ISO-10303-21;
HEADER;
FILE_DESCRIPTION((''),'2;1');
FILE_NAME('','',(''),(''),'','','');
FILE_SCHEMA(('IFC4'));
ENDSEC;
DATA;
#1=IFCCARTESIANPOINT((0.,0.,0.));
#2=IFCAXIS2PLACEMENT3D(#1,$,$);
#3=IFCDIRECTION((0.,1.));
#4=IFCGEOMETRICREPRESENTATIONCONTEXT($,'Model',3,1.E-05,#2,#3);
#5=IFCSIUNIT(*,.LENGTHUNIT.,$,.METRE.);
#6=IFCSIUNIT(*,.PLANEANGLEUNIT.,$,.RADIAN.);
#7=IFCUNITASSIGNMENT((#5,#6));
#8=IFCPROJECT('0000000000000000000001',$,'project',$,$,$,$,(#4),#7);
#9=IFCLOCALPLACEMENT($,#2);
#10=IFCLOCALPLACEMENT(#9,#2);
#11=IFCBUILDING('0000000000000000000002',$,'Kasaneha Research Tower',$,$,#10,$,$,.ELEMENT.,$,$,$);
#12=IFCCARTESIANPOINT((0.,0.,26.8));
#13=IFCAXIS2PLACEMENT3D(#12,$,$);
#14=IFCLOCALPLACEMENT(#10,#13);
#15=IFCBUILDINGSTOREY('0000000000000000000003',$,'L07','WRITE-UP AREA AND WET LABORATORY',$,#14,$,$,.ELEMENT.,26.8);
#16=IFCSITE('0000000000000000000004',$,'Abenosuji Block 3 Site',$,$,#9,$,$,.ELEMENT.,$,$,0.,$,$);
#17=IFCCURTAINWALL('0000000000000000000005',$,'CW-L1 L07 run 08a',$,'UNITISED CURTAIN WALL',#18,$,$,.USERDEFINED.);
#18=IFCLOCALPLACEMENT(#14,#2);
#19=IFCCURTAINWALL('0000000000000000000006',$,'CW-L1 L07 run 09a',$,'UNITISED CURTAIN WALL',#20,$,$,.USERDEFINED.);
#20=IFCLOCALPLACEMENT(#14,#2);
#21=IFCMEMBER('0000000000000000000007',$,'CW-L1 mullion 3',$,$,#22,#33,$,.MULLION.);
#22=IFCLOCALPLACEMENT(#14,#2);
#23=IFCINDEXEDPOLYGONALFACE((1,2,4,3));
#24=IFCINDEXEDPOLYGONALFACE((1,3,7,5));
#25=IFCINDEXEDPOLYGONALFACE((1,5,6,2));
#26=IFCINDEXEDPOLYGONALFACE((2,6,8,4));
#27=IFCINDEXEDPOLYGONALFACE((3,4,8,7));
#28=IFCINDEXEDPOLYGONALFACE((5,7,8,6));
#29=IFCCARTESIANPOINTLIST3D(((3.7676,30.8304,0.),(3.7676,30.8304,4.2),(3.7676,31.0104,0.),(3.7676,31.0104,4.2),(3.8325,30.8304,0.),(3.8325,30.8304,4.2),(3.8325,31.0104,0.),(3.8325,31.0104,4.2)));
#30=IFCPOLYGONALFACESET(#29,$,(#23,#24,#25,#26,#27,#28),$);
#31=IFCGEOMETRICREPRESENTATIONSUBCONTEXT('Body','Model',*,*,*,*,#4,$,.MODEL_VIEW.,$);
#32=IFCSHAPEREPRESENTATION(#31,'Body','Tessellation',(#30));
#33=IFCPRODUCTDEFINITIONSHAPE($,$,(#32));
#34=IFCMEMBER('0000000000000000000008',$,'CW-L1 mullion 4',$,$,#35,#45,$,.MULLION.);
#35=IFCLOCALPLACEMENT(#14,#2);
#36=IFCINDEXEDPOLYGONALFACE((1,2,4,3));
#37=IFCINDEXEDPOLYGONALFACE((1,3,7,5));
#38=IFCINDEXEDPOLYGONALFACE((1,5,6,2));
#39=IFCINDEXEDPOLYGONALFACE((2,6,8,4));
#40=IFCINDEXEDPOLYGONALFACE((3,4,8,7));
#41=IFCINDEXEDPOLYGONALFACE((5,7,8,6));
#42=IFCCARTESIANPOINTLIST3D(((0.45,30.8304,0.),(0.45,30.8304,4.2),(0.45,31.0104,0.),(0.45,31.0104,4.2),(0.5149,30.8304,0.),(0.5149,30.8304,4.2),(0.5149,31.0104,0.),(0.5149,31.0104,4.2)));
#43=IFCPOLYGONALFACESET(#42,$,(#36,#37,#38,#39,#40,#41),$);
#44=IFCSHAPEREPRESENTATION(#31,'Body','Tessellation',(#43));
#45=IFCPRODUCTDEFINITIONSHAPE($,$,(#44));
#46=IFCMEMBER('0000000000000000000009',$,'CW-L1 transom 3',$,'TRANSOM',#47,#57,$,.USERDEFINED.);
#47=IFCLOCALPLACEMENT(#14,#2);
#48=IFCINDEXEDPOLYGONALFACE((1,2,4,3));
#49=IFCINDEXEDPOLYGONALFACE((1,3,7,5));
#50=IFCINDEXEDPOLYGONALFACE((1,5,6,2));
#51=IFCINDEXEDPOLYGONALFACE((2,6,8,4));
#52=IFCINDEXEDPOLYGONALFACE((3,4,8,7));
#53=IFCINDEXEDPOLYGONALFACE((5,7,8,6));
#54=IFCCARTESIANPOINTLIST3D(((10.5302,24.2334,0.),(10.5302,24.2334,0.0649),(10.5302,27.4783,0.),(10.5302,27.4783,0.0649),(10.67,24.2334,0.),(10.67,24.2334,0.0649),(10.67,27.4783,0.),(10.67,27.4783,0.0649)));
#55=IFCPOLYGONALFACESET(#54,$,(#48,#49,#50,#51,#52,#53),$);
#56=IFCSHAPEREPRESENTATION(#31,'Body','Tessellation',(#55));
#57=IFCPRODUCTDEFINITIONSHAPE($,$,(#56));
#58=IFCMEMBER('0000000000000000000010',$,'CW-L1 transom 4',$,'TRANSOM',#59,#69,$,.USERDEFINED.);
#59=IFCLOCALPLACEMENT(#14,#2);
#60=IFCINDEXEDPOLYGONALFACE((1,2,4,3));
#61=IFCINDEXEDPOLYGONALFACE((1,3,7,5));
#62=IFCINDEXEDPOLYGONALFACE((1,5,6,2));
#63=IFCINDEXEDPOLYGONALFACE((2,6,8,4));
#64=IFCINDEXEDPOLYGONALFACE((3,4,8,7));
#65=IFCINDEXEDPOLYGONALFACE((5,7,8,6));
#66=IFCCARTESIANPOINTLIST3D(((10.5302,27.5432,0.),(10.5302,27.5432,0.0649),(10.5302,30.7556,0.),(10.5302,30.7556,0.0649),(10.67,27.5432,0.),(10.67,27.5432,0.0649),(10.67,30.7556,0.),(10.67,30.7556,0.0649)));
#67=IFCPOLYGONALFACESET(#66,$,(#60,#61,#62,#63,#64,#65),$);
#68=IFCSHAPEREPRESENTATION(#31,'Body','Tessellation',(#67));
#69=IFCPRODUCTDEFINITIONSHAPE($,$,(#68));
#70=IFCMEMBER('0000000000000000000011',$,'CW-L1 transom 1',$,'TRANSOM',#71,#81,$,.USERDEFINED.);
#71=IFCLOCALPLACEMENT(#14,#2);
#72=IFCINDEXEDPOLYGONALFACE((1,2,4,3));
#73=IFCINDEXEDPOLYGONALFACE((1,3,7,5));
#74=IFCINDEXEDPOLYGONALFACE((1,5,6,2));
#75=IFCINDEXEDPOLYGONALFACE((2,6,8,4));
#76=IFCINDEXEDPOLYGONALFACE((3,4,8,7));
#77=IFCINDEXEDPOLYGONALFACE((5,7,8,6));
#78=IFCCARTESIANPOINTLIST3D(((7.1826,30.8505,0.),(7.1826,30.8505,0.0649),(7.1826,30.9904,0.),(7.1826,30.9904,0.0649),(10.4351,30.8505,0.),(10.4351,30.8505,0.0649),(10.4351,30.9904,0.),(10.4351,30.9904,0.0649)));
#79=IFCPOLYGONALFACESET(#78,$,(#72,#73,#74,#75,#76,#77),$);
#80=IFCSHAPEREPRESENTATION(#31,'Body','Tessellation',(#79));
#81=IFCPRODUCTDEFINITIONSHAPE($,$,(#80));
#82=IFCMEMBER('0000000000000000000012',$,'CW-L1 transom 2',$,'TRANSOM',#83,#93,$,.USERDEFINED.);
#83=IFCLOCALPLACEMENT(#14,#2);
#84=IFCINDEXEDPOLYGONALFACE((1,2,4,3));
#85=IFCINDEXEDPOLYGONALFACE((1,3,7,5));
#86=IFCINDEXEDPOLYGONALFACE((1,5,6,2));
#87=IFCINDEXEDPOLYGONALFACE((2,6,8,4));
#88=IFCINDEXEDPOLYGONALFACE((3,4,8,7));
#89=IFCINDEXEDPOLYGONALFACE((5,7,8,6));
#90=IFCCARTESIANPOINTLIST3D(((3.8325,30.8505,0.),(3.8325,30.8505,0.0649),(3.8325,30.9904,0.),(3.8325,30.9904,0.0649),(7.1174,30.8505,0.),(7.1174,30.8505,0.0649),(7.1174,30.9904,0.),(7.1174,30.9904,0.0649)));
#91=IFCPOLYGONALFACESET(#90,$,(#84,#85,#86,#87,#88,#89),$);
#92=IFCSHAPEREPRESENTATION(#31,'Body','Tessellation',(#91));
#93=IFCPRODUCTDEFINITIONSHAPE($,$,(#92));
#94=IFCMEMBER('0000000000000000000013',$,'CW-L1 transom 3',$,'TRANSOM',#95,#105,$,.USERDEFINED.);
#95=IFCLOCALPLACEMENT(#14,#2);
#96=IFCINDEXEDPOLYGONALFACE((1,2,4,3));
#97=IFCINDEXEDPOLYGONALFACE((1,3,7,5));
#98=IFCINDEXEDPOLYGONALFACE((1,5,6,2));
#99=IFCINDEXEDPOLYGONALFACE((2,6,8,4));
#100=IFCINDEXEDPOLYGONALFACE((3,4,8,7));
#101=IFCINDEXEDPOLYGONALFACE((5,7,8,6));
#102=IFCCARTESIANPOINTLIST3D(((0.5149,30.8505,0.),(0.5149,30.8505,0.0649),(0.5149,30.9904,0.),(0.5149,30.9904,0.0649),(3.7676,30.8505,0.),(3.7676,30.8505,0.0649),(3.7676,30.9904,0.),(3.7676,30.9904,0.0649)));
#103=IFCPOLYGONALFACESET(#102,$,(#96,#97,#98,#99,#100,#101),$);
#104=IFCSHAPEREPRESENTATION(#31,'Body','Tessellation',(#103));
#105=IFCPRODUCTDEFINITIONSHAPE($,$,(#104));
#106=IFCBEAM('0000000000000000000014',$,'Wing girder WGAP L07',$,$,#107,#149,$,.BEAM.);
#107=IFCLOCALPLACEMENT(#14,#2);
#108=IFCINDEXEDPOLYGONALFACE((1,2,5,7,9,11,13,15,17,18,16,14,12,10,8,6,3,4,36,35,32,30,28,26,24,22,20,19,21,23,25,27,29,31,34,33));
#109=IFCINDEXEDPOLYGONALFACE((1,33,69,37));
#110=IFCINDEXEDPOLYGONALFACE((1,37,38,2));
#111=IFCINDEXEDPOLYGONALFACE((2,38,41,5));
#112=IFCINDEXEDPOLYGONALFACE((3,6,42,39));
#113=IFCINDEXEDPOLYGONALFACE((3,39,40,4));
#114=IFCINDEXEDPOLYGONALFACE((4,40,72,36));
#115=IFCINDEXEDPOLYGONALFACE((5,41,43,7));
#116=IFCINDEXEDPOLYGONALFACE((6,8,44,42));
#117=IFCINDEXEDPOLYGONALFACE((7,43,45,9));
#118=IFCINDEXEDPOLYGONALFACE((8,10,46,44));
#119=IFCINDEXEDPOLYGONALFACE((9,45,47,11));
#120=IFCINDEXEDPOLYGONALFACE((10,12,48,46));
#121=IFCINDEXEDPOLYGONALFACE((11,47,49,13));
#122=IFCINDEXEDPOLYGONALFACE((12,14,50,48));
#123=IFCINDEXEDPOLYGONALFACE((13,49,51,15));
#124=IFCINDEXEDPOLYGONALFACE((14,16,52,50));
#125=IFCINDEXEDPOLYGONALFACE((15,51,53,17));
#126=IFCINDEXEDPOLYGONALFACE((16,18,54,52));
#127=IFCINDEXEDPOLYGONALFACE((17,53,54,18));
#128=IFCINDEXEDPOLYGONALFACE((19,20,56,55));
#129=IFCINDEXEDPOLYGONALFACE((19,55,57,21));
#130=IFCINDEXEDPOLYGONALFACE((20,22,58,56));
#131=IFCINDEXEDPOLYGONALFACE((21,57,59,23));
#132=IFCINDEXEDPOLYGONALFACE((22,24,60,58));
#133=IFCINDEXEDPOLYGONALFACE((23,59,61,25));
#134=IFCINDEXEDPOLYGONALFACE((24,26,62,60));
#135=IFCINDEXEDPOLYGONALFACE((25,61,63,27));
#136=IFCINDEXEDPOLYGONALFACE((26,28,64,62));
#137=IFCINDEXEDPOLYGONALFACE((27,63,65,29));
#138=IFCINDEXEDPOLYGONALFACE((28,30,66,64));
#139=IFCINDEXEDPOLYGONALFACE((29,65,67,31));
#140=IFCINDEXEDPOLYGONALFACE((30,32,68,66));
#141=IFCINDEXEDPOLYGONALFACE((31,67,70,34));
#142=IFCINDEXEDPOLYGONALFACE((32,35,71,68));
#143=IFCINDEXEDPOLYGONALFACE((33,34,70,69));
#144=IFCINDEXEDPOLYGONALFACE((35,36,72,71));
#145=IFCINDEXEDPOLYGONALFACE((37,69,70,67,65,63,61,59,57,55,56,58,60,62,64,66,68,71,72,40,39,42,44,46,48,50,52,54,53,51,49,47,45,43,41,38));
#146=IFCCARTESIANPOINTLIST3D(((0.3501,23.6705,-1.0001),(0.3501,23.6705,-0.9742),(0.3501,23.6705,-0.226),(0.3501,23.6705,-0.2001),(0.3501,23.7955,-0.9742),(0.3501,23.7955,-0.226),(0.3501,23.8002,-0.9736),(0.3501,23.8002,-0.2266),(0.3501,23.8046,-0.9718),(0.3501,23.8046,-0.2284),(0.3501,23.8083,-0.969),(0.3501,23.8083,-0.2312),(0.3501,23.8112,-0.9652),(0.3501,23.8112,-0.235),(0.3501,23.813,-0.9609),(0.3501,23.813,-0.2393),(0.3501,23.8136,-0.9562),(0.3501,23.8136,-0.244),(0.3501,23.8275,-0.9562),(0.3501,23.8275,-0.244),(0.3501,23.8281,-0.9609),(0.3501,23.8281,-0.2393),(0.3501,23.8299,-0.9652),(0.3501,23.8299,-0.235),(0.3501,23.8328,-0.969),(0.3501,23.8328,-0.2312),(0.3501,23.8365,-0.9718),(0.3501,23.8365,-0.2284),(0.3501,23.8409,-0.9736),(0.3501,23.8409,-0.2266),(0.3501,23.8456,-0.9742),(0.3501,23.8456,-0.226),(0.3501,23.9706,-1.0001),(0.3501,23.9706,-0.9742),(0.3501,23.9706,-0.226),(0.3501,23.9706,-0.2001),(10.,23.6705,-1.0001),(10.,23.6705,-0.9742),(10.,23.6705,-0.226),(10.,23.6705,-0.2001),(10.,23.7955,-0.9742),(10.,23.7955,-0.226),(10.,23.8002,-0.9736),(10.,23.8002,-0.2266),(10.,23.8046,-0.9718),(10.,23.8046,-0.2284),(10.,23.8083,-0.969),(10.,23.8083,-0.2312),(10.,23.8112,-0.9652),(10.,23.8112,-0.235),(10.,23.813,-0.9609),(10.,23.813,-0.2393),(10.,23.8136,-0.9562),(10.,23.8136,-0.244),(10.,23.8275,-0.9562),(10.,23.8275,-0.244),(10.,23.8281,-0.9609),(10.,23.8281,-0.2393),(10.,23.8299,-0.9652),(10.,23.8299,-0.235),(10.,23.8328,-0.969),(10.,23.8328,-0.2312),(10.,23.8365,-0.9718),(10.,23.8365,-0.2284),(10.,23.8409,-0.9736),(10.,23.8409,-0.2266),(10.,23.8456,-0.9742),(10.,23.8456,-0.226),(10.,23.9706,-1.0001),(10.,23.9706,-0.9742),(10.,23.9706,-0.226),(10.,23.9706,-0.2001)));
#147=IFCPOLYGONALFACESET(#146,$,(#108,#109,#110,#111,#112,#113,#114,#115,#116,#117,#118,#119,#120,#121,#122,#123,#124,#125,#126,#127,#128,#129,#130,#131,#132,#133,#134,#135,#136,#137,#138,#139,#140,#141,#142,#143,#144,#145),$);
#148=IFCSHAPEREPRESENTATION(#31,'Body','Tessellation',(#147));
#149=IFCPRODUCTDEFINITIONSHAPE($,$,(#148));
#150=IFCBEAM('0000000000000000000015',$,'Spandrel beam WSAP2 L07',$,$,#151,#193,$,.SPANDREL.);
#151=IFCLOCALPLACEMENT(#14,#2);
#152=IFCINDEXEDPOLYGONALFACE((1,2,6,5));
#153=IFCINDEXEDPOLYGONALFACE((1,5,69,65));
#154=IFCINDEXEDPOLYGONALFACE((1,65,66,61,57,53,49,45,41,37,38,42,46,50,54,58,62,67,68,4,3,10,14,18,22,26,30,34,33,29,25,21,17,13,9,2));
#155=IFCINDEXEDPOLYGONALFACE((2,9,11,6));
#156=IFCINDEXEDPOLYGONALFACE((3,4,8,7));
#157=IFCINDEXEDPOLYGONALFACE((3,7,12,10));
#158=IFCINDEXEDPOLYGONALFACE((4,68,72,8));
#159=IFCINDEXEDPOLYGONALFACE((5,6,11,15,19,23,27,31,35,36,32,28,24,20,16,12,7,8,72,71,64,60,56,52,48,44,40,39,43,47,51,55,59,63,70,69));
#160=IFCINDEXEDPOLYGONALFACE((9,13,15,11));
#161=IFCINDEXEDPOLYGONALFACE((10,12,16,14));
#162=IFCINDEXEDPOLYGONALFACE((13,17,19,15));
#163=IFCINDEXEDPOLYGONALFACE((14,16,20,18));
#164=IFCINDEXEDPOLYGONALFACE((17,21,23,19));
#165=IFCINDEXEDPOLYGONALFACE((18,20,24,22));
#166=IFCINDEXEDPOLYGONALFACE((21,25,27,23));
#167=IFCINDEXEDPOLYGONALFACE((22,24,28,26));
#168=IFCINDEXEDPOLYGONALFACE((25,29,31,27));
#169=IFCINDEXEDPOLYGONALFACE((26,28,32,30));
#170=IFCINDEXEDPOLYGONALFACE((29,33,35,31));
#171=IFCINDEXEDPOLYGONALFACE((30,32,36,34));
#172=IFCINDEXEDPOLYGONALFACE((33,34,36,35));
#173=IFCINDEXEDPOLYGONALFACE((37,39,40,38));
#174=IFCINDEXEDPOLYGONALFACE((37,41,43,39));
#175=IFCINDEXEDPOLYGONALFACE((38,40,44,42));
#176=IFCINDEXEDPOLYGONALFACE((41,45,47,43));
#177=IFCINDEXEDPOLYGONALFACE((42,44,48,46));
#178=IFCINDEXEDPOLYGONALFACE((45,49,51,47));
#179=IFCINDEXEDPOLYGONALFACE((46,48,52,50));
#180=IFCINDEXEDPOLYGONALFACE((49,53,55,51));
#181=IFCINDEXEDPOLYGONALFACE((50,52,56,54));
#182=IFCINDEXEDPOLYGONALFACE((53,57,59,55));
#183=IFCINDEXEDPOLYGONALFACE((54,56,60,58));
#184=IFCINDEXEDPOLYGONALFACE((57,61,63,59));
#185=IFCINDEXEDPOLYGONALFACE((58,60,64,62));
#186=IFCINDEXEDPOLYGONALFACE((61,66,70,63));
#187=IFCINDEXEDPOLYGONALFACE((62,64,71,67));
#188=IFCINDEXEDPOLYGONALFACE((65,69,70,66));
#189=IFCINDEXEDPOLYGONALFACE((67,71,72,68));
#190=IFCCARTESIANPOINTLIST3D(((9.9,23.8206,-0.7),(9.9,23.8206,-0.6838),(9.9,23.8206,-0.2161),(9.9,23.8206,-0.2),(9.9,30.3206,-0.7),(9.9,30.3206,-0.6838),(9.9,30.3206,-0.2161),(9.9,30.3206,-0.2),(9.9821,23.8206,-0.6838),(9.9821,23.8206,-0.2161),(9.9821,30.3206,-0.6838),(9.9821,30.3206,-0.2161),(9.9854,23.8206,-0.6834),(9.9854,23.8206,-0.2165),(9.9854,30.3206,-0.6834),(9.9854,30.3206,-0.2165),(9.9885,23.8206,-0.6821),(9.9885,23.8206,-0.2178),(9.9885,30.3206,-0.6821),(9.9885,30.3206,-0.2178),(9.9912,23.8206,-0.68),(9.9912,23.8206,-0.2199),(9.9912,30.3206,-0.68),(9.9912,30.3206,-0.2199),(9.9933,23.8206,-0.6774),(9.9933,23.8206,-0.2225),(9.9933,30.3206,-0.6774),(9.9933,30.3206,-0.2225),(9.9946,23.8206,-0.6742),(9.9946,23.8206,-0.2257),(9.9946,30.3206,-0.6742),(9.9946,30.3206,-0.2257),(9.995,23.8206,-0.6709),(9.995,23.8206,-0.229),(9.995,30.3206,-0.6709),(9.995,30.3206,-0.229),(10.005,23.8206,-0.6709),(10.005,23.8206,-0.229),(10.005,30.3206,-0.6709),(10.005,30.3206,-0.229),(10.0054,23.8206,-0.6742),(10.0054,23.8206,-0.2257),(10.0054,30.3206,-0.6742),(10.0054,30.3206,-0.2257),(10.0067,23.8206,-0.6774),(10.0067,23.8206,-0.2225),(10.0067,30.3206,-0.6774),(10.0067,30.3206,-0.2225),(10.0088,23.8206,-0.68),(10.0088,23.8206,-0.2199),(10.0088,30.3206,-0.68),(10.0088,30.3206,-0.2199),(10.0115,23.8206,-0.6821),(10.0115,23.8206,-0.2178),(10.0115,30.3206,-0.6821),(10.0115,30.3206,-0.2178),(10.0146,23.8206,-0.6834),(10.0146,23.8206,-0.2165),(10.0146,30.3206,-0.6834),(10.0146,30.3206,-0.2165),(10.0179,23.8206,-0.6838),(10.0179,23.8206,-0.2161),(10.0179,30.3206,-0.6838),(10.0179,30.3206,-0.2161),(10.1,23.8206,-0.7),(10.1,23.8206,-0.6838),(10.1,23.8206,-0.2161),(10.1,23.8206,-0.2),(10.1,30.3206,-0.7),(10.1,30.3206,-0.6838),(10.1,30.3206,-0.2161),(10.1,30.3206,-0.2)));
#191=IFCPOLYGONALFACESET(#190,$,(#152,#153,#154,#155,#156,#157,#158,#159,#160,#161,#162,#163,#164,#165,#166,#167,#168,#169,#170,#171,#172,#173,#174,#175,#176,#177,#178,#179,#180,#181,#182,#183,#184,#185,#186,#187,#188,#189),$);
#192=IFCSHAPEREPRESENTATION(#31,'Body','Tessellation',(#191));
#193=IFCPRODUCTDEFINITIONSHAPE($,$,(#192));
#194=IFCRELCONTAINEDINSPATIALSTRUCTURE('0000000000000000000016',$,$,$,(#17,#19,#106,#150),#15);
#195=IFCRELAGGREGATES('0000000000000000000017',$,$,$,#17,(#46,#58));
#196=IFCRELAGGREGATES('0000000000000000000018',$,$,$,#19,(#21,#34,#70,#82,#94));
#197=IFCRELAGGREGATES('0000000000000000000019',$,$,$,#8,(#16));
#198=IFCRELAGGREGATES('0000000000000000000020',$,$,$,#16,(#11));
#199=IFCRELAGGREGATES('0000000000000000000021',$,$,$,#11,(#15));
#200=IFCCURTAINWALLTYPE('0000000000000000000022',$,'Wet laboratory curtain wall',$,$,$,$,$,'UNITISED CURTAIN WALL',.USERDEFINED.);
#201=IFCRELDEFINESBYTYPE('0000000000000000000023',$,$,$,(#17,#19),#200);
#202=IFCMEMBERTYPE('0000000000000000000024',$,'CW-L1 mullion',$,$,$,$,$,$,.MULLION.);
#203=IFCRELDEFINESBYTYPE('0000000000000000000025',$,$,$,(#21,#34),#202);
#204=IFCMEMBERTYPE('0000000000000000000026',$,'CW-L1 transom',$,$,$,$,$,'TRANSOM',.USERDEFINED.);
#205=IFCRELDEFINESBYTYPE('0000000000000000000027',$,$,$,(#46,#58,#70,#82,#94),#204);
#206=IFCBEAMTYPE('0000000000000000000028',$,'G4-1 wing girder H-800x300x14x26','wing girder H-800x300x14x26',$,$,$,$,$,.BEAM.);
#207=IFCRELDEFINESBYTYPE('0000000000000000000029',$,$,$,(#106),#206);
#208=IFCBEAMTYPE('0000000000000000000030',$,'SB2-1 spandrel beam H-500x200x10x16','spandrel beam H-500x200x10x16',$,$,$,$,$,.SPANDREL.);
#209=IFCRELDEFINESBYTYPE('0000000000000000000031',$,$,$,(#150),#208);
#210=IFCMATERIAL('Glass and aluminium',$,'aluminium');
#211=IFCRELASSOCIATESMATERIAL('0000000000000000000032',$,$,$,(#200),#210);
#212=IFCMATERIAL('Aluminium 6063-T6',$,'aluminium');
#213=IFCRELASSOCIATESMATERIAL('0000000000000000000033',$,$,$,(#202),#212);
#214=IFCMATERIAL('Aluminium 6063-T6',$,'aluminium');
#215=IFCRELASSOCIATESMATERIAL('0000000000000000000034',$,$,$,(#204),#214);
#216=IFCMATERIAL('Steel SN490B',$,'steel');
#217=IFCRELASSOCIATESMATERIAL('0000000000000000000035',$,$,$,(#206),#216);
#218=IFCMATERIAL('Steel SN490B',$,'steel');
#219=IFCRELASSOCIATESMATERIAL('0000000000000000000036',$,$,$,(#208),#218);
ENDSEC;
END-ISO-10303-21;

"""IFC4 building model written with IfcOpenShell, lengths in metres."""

from ifc_helpers import new_model, si_unit, direction, frame, origin, origin_2d, place, context, subcontext, project, spatial, rectangle, i_section, extrude, material, material_profile, profile_set, type_object, element, aggregate, save


model = new_model("IFC4")

# Units and contexts
model_context = context("Model", 3, precision=1e-05, world=origin(), true_north=direction((0.0, 1.0)))
body_context = subcontext(model_context, "Body", "Model", "MODEL_VIEW")
ifc_project = project(units=[si_unit("LENGTHUNIT", "METRE"), si_unit("PLANEANGLEUNIT", "RADIAN")], contexts=[model_context])

# Site, building, storey
site_placement = place(None, origin())
site = spatial("IfcSite", under=ifc_project, at=site_placement, Name="Abenosuji Block 3 Site", CompositionType="ELEMENT", RefElevation=0.0)
building_placement = place(site_placement, origin())
building = spatial("IfcBuilding", under=site, at=building_placement, Name="Kasaneha Research Tower", CompositionType="ELEMENT")
storey_placement = place(building_placement, frame((0.0, 0.0, 26.8)))
storey = spatial("IfcBuildingStorey", under=building, at=storey_placement, Name="L07", Description="WRITE-UP AREA AND WET LABORATORY", CompositionType="ELEMENT", Elevation=26.8)

# Curtain walls, members
ifc_material_1 = material(Name="Glass and aluminium", Category="aluminium")
curtain_wall_type = type_object("IfcCurtainWallType", Name="Wet laboratory curtain wall", ElementType="UNITISED CURTAIN WALL", PredefinedType="USERDEFINED", material=ifc_material_1)
curtain_wall_1_placement = place(storey_placement, origin())
curtain_wall_1 = element("IfcCurtainWall", 1, at=curtain_wall_1_placement, inside=storey, type_object=curtain_wall_type, Name="CW-L1 L07 run 08a", ObjectType="UNITISED CURTAIN WALL", PredefinedType="USERDEFINED")
ifc_material_2 = material(Name="Aluminium 6063-T6", Category="aluminium")
ifc_material_profile_1 = material_profile(ifc_material_2, rectangle(XDim=0.0649, YDim=0.1799, at=origin_2d()), Name="CW-L1 mullion 65x180")
ifc_profile_set_1 = profile_set([ifc_material_profile_1], Name="Aluminium 6063-T6")
member_type_1 = type_object("IfcMemberType", Name="CW-L1 mullion", PredefinedType="MULLION", material=ifc_profile_set_1)
curtain_wall_2_placement = place(storey_placement, origin())
curtain_wall_2 = element("IfcCurtainWall", 2, at=curtain_wall_2_placement, inside=storey, type_object=curtain_wall_type, Name="CW-L1 L07 run 09a", ObjectType="UNITISED CURTAIN WALL", PredefinedType="USERDEFINED")
member_1_placement = place(storey_placement, frame((3.8, 30.9204, 0.0), z_axis=(0.0, 0.0, 1.0), x_axis=(-1.0, 0.0, 0.0)))
member_1 = element("IfcMember", 3, at=member_1_placement, type_object=member_type_1, Name="CW-L1 mullion 3", PredefinedType="MULLION", context=body_context, shape_type="SweptSolid", body=[
    extrude(rectangle(XDim=0.0649, YDim=0.1799, at=origin_2d()), origin(), (0.0, 0.0, 1.0), 4.2),
])
member_2_placement = place(storey_placement, frame((0.4824, 30.9204, 0.0), z_axis=(0.0, 0.0, 1.0), x_axis=(-1.0, 0.0, 0.0)))
member_2 = element("IfcMember", 4, at=member_2_placement, type_object=member_type_1, Name="CW-L1 mullion 4", PredefinedType="MULLION", context=body_context, shape_type="SweptSolid", body=[
    extrude(rectangle(XDim=0.0649, YDim=0.1799, at=origin_2d()), origin(), (0.0, 0.0, 1.0), 4.2),
])

# Members
ifc_material_3 = material(Name="Aluminium 6063-T6", Category="aluminium")
ifc_material_profile_2 = material_profile(ifc_material_3, rectangle(XDim=0.1399, YDim=0.0649, at=origin_2d()), Name="CW-L1 transom 140x65")
ifc_profile_set_2 = profile_set([ifc_material_profile_2], Name="Aluminium 6063-T6")
member_type_2 = type_object("IfcMemberType", Name="CW-L1 transom", ElementType="TRANSOM", PredefinedType="USERDEFINED", material=ifc_profile_set_2)
member_3_placement = place(storey_placement, frame((10.6001, 24.2334, 0.0325), z_axis=(0.0, 1.0, 0.0), x_axis=(-1.0, 0.0, 0.0)))
member_3 = element("IfcMember", 5, at=member_3_placement, type_object=member_type_2, Name="CW-L1 transom 3", ObjectType="TRANSOM", PredefinedType="USERDEFINED", context=body_context, shape_type="SweptSolid", body=[
    extrude(rectangle(XDim=0.1399, YDim=0.0649, at=origin_2d()), origin(), (0.0, 0.0, 1.0), 3.2449),
])
member_4_placement = place(storey_placement, frame((10.6001, 27.5432, 0.0325), z_axis=(0.0, 1.0, 0.0), x_axis=(-1.0, 0.0, 0.0)))
member_4 = element("IfcMember", 6, at=member_4_placement, type_object=member_type_2, Name="CW-L1 transom 4", ObjectType="TRANSOM", PredefinedType="USERDEFINED", context=body_context, shape_type="SweptSolid", body=[
    extrude(rectangle(XDim=0.1399, YDim=0.0649, at=origin_2d()), origin(), (0.0, 0.0, 1.0), 3.2124),
])
member_5_placement = place(storey_placement, frame((10.4351, 30.9204, 0.0325), z_axis=(-1.0, 0.0, 0.0), x_axis=(0.0, -1.0, 0.0)))
member_5 = element("IfcMember", 7, at=member_5_placement, type_object=member_type_2, Name="CW-L1 transom 1", ObjectType="TRANSOM", PredefinedType="USERDEFINED", context=body_context, shape_type="SweptSolid", body=[
    extrude(rectangle(XDim=0.1399, YDim=0.0649, at=origin_2d()), origin(), (0.0, 0.0, 1.0), 3.2524),
])
member_6_placement = place(storey_placement, frame((7.1174, 30.9204, 0.0325), z_axis=(-1.0, 0.0, 0.0), x_axis=(0.0, -1.0, 0.0)))
member_6 = element("IfcMember", 8, at=member_6_placement, type_object=member_type_2, Name="CW-L1 transom 2", ObjectType="TRANSOM", PredefinedType="USERDEFINED", context=body_context, shape_type="SweptSolid", body=[
    extrude(rectangle(XDim=0.1399, YDim=0.0649, at=origin_2d()), origin(), (0.0, 0.0, 1.0), 3.2849),
])
member_7_placement = place(storey_placement, frame((3.7676, 30.9204, 0.0325), z_axis=(-1.0, 0.0, 0.0), x_axis=(0.0, -1.0, 0.0)))
member_7 = element("IfcMember", 9, at=member_7_placement, type_object=member_type_2, Name="CW-L1 transom 3", ObjectType="TRANSOM", PredefinedType="USERDEFINED", context=body_context, shape_type="SweptSolid", body=[
    extrude(rectangle(XDim=0.1399, YDim=0.0649, at=origin_2d()), origin(), (0.0, 0.0, 1.0), 3.2527),
])

# Beams
ifc_material_4 = material(Name="Steel SN490B", Category="steel")
ifc_material_profile_3 = material_profile(ifc_material_4, i_section(OverallWidth=0.3, OverallDepth=0.8, WebThickness=0.0139, FlangeThickness=0.0259, FilletRadius=0.0181, at=origin_2d()), Name="H-800x300x14x26")
ifc_profile_set_3 = profile_set([ifc_material_profile_3], Name="Steel SN490B")
beam_type_1 = type_object("IfcBeamType", Name="G4-1 wing girder H-800x300x14x26", Description="wing girder H-800x300x14x26", PredefinedType="BEAM", material=ifc_profile_set_3)
beam_1_placement = place(storey_placement, frame((10.0, 23.8206, -0.6001), z_axis=(-1.0, 0.0, 0.0), x_axis=(0.0, -1.0, 0.0)))
element("IfcBeam", 10, at=beam_1_placement, inside=storey, type_object=beam_type_1, Name="Wing girder WGAP L07", PredefinedType="BEAM", context=body_context, shape_type="SweptSolid", body=[
    extrude(i_section(OverallWidth=0.3, OverallDepth=0.8, WebThickness=0.0139, FlangeThickness=0.0259, FilletRadius=0.0181, at=origin_2d()), origin(), (0.0, 0.0, 1.0), 9.6499),
])
ifc_material_5 = material(Name="Steel SN490B", Category="steel")
ifc_material_profile_4 = material_profile(ifc_material_5, i_section(OverallWidth=0.2, OverallDepth=0.5, WebThickness=0.01, FlangeThickness=0.0161, FilletRadius=0.0129, at=origin_2d()), Name="H-500x200x10x16")
ifc_profile_set_4 = profile_set([ifc_material_profile_4], Name="Steel SN490B")
beam_type_2 = type_object("IfcBeamType", Name="SB2-1 spandrel beam H-500x200x10x16", Description="spandrel beam H-500x200x10x16", PredefinedType="SPANDREL", material=ifc_profile_set_4)
beam_2_placement = place(storey_placement, frame((10.0, 23.8206, -0.45), z_axis=(0.0, 1.0, 0.0), x_axis=(-1.0, 0.0, 0.0)))
element("IfcBeam", 11, at=beam_2_placement, inside=storey, type_object=beam_type_2, Name="Spandrel beam WSAP2 L07", PredefinedType="SPANDREL", context=body_context, shape_type="SweptSolid", body=[
    extrude(i_section(OverallWidth=0.2, OverallDepth=0.5, WebThickness=0.01, FlangeThickness=0.0161, FilletRadius=0.0129, at=origin_2d()), origin(), (0.0, 0.0, 1.0), 6.5),
])

aggregate(curtain_wall_1, [member_3, member_4])
aggregate(curtain_wall_2, [member_1, member_2, member_5, member_6, member_7])

save(model, "model.ifc")
